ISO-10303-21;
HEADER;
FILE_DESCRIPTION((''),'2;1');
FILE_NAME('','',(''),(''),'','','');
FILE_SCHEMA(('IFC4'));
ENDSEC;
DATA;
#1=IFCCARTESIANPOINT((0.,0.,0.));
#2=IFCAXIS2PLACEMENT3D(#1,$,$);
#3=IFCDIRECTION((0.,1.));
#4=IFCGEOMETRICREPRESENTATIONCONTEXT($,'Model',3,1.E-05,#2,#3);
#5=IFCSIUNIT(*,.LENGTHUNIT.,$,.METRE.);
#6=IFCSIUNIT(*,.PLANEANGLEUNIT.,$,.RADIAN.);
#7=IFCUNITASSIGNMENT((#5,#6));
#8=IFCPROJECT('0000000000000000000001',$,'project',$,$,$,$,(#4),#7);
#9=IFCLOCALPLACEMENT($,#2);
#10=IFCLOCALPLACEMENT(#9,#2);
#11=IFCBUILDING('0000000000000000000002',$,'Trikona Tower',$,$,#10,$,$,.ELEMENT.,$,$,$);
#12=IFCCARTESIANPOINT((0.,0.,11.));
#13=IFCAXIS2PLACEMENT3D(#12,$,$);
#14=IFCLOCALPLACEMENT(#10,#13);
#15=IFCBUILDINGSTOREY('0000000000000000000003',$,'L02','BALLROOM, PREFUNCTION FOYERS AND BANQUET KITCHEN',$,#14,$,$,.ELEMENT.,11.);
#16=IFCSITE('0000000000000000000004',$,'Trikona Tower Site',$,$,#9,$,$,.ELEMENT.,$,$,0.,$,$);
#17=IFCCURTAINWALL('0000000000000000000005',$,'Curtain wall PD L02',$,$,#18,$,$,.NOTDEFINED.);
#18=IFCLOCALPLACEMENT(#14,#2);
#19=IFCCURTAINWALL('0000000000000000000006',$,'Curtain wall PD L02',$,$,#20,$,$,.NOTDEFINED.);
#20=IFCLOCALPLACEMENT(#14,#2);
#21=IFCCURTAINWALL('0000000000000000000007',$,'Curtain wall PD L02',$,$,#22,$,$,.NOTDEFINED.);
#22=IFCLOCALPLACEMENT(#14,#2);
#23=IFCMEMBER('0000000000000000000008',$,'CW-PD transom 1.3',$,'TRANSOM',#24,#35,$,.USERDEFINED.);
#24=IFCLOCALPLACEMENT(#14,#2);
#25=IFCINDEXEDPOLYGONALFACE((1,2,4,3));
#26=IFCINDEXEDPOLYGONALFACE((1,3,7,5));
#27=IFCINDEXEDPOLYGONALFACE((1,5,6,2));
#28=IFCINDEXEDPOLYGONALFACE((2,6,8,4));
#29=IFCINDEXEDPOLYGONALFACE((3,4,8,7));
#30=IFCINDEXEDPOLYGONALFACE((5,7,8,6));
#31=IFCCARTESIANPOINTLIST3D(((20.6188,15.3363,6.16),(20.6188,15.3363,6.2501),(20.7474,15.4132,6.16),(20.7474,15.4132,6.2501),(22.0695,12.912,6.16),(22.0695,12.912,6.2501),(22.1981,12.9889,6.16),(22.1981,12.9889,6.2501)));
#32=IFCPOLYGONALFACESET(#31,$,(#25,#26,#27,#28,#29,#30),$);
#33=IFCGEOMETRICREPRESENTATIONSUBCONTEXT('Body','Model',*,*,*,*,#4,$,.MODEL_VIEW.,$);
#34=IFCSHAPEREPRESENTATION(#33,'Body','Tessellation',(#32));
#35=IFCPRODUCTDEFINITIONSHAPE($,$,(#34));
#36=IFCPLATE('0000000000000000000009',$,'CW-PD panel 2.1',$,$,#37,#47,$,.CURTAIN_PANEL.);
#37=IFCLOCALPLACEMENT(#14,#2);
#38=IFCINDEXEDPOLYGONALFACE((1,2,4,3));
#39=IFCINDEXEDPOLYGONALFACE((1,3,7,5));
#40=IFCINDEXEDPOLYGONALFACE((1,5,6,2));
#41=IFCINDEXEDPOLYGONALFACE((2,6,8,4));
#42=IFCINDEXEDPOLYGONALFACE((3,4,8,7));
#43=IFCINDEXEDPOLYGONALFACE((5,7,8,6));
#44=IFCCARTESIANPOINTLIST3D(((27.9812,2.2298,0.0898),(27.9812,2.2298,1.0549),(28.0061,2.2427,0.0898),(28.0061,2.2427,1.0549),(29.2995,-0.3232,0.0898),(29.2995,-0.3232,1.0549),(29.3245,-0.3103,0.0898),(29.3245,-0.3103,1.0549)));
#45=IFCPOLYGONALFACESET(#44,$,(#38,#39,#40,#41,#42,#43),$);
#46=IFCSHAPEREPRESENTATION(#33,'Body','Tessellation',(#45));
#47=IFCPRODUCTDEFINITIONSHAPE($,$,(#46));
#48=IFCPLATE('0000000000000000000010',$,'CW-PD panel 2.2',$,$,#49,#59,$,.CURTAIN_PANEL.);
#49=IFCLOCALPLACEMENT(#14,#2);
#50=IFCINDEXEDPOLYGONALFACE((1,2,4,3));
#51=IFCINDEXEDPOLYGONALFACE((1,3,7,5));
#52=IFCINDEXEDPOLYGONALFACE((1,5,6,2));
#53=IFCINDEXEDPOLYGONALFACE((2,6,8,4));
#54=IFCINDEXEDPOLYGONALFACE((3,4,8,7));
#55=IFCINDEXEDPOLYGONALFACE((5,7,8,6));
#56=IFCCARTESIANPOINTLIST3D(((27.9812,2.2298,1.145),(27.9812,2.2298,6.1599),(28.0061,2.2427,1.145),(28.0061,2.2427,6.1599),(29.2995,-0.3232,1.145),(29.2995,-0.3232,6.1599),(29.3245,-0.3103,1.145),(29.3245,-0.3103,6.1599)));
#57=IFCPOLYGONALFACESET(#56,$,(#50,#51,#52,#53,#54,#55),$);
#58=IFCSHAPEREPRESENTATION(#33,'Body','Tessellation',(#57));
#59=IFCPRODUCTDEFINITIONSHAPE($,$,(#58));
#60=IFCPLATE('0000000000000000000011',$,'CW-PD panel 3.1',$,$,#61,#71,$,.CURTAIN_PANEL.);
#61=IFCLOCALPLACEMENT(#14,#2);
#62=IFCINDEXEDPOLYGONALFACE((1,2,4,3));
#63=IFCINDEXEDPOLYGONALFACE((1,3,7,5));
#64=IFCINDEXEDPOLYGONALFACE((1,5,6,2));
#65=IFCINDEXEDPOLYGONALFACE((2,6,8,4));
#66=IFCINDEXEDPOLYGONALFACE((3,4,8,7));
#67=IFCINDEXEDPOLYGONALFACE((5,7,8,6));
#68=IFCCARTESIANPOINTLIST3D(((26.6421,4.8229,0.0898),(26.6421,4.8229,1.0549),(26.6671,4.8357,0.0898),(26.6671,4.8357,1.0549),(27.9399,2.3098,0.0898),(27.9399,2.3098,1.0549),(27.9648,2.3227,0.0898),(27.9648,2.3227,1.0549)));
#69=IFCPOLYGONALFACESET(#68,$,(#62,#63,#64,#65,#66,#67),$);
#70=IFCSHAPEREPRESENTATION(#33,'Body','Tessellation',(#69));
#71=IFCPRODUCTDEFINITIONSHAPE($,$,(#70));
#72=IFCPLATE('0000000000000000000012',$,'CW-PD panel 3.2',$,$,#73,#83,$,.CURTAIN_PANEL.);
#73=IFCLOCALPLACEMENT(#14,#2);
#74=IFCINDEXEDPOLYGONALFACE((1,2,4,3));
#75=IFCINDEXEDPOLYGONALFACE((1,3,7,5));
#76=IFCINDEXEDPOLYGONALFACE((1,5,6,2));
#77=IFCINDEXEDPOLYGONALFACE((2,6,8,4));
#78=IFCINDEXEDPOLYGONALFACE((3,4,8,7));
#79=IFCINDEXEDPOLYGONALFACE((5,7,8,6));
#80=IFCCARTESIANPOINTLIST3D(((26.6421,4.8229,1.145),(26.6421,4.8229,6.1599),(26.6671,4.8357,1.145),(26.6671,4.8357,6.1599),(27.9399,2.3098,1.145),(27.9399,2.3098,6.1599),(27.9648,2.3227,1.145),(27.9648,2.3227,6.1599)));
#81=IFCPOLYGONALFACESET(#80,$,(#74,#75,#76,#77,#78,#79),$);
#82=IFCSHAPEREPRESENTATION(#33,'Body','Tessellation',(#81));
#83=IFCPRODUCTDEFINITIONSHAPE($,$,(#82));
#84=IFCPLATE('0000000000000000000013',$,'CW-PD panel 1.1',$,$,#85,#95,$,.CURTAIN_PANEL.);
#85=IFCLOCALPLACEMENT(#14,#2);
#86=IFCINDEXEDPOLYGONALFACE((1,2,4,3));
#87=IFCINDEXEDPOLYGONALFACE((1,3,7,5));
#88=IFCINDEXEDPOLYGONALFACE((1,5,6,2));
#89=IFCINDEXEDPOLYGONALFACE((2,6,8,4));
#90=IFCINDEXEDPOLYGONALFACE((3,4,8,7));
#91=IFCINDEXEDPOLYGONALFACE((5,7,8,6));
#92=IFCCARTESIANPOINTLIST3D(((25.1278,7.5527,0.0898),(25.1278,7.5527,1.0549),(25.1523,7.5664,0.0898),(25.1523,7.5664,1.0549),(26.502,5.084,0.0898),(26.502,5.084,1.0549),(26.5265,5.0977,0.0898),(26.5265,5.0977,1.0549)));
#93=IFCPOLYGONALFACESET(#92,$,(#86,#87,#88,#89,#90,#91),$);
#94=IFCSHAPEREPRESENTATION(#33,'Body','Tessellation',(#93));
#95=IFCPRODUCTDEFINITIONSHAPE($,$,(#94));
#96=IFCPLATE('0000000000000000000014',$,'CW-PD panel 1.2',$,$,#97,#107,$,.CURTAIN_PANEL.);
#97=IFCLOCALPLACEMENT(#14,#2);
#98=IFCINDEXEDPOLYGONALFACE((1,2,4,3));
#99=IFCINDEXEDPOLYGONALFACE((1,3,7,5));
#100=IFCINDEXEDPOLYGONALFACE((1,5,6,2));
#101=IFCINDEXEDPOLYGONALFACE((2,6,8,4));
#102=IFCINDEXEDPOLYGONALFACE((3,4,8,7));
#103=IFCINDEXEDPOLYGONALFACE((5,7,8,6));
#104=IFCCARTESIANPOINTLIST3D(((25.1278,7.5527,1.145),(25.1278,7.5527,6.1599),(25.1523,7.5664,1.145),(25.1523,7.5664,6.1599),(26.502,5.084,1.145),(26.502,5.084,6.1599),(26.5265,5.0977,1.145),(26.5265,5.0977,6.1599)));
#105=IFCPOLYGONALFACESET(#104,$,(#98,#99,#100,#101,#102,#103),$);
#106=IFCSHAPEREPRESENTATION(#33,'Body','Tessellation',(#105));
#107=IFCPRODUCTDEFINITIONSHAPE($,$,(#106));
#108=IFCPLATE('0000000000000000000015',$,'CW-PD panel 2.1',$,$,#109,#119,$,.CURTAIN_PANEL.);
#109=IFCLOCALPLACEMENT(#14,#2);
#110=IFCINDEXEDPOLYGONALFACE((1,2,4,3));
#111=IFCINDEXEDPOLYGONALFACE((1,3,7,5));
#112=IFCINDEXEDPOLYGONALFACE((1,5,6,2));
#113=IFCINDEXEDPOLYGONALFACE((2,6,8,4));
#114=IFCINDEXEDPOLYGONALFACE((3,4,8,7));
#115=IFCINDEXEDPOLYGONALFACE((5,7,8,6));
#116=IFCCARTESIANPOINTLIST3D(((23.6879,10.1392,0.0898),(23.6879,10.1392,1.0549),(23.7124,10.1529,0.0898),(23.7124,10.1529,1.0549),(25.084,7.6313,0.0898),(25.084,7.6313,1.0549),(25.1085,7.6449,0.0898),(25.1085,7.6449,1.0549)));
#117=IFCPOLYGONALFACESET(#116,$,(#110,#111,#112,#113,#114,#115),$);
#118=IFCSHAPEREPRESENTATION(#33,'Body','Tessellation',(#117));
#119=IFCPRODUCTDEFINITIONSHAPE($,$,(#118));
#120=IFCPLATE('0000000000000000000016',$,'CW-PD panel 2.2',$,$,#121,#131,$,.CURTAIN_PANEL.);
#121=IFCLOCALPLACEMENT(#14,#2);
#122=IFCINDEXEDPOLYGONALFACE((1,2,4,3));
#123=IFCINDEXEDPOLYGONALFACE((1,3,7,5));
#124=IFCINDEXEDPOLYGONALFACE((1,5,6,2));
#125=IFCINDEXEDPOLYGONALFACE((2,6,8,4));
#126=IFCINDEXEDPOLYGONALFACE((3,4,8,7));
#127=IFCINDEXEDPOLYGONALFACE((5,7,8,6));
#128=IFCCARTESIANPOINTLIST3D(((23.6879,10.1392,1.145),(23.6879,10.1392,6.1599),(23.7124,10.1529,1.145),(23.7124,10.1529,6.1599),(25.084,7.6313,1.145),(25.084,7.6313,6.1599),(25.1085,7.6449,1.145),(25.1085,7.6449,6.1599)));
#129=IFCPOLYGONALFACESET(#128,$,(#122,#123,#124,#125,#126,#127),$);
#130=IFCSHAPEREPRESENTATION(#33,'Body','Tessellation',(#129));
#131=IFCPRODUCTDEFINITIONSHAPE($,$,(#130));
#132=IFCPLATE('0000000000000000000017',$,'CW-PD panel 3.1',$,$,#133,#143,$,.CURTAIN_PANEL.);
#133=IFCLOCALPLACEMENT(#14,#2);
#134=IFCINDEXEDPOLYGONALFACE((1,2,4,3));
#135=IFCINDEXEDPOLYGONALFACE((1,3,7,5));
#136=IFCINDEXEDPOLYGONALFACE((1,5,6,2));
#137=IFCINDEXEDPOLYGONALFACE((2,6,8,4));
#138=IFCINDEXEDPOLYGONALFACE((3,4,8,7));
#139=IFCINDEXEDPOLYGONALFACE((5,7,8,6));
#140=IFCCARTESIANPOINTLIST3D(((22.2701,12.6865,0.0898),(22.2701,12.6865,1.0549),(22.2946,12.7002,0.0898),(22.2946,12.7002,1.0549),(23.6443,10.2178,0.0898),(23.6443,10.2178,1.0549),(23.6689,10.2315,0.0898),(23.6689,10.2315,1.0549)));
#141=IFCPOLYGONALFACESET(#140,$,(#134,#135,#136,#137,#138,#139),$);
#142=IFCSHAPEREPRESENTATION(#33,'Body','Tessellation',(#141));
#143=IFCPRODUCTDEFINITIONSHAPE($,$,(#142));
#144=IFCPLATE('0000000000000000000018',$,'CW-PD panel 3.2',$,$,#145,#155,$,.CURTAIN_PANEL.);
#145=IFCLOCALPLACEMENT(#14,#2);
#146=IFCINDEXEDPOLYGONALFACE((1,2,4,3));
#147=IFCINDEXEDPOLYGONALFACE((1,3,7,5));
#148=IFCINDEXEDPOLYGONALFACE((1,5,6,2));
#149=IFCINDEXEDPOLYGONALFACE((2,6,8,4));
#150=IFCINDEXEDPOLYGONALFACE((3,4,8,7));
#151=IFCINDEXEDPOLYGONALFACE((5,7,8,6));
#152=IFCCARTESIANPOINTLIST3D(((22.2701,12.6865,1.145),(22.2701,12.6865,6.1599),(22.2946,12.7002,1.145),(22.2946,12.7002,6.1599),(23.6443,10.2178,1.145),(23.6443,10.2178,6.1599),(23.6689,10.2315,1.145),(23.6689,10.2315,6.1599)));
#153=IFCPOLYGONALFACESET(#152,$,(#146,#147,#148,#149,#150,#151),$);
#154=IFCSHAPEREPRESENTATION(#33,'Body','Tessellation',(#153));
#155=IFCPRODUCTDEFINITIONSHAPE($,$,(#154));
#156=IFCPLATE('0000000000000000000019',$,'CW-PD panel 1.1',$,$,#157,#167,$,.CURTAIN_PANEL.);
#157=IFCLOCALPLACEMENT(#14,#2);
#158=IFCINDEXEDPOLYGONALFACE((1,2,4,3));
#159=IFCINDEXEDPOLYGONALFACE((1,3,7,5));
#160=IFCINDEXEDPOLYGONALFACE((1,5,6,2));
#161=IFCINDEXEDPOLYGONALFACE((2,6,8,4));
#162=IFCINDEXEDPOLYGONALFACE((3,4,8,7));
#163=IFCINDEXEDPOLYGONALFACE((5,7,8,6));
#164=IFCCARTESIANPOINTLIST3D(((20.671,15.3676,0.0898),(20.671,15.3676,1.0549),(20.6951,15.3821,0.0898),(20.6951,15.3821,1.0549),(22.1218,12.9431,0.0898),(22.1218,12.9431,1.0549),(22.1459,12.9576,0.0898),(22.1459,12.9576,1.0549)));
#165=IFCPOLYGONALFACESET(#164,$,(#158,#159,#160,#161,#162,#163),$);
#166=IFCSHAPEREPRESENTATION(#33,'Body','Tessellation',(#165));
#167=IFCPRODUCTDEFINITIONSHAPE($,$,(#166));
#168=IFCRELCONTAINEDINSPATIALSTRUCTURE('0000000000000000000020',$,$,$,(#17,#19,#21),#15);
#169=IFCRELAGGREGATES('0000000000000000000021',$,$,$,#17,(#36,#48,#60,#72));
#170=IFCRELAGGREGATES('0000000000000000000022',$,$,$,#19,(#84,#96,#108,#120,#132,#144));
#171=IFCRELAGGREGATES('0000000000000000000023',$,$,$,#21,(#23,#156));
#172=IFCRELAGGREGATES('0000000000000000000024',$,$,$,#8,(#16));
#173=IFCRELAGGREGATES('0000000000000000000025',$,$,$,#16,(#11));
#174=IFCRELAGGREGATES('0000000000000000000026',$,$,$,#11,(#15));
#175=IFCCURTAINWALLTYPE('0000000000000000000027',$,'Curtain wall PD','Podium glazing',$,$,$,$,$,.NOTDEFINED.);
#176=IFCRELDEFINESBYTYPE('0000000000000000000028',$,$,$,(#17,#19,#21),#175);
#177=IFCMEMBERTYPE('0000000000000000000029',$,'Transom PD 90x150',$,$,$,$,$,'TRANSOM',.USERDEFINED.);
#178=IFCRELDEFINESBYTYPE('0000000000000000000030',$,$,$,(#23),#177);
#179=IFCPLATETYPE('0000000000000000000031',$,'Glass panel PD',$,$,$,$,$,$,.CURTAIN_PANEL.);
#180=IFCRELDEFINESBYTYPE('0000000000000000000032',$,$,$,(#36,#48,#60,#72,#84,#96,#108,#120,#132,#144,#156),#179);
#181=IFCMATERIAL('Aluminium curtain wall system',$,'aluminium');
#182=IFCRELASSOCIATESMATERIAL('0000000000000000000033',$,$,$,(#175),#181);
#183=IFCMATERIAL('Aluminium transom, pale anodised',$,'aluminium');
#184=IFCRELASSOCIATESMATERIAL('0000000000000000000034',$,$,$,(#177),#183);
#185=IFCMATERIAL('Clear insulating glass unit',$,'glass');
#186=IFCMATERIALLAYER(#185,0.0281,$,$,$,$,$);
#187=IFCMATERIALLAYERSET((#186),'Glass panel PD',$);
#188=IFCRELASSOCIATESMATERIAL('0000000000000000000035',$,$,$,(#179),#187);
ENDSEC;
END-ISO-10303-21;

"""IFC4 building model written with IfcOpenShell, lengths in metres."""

from ifc_helpers import new_model, si_unit, direction, frame, origin, origin_2d, place, context, subcontext, project, spatial, rectangle, extrude, material, layer, layer_set, material_profile, profile_set, type_object, element, aggregate, save


model = new_model("IFC4")

# Units and contexts
model_context = context("Model", 3, precision=1e-05, world=origin(), true_north=direction((0.0, 1.0)))
body_context = subcontext(model_context, "Body", "Model", "MODEL_VIEW")
ifc_project = project(units=[si_unit("LENGTHUNIT", "METRE"), si_unit("PLANEANGLEUNIT", "RADIAN")], contexts=[model_context])

# Site, building, storey
site_placement = place(None, origin())
site = spatial("IfcSite", under=ifc_project, at=site_placement, Name="Trikona Tower Site", CompositionType="ELEMENT", RefElevation=0.0)
building_placement = place(site_placement, origin())
building = spatial("IfcBuilding", under=site, at=building_placement, Name="Trikona Tower", CompositionType="ELEMENT")
storey_placement = place(building_placement, frame((0.0, 0.0, 11.0)))
storey = spatial("IfcBuildingStorey", under=building, at=storey_placement, Name="L02", Description="BALLROOM, PREFUNCTION FOYERS AND BANQUET KITCHEN", CompositionType="ELEMENT", Elevation=11.0)

# Curtain walls
ifc_material_1 = material(Name="Aluminium curtain wall system", Category="aluminium")
curtain_wall_type = type_object("IfcCurtainWallType", Name="Curtain wall PD", Description="Podium glazing", PredefinedType="NOTDEFINED", material=ifc_material_1)
curtain_wall_1_placement = place(storey_placement, origin())
curtain_wall_1 = element("IfcCurtainWall", 1, at=curtain_wall_1_placement, inside=storey, type_object=curtain_wall_type, Name="Curtain wall PD L02", PredefinedType="NOTDEFINED")
curtain_wall_2_placement = place(storey_placement, origin())
curtain_wall_2 = element("IfcCurtainWall", 2, at=curtain_wall_2_placement, inside=storey, type_object=curtain_wall_type, Name="Curtain wall PD L02", PredefinedType="NOTDEFINED")

# Curtain wall
curtain_wall_3_placement = place(storey_placement, origin())
curtain_wall_3 = element("IfcCurtainWall", 3, at=curtain_wall_3_placement, inside=storey, type_object=curtain_wall_type, Name="Curtain wall PD L02", PredefinedType="NOTDEFINED")

# Member
ifc_material_2 = material(Name="Aluminium transom, pale anodised", Category="aluminium")
ifc_material_profile_1 = material_profile(ifc_material_2, rectangle(XDim=0.1499, YDim=0.0901, at=origin_2d()), Name="TRN-PD")
ifc_profile_set_1 = profile_set([ifc_material_profile_1], Name="Aluminium transom, pale anodised")
member_type_1 = type_object("IfcMemberType", Name="Transom PD 90x150", ElementType="TRANSOM", PredefinedType="USERDEFINED", material=ifc_profile_set_1)
member_1_placement = place(storey_placement, frame((22.1338, 12.9504, 6.2051), z_axis=(-0.513479, 0.858102, 0.0), x_axis=(-0.858102, -0.513479, 0.0)))
member_1 = element("IfcMember", 4, at=member_1_placement, type_object=member_type_1, Name="CW-PD transom 1.3", ObjectType="TRANSOM", PredefinedType="USERDEFINED", context=body_context, shape_type="SweptSolid", body=[
    extrude(rectangle(XDim=0.1499, YDim=0.0901, at=origin_2d()), origin(), (0.0, 0.0, 1.0), 2.8252),
])

# Plates
ifc_material_3 = material(Name="Clear insulating glass unit", Category="glass")
ifc_layer = layer(ifc_material_3, 0.0281)
ifc_layer_set = layer_set([ifc_layer], Name="Glass panel PD")
plate_type = type_object("IfcPlateType", Name="Glass panel PD", PredefinedType="CURTAIN_PANEL", material=ifc_layer_set)
plate_1_placement = place(storey_placement, frame((28.6528, 0.9597, 0.0898), z_axis=(0.0, 0.0, 1.0), x_axis=(-0.458829, 0.888525, 0.0)))
plate_1 = element("IfcPlate", 5, at=plate_1_placement, type_object=plate_type, Name="CW-PD panel 2.1", PredefinedType="CURTAIN_PANEL", context=body_context, shape_type="SweptSolid", body=[
    extrude(rectangle(XDim=2.8733, YDim=0.0281, at=origin_2d()), origin(), (0.0, 0.0, 1.0), 0.9651),
])
plate_2_placement = place(storey_placement, frame((28.6528, 0.9597, 1.145), z_axis=(0.0, 0.0, 1.0), x_axis=(-0.458829, 0.888525, 0.0)))
plate_2 = element("IfcPlate", 6, at=plate_2_placement, type_object=plate_type, Name="CW-PD panel 2.2", PredefinedType="CURTAIN_PANEL", context=body_context, shape_type="SweptSolid", body=[
    extrude(rectangle(XDim=2.8733, YDim=0.0281, at=origin_2d()), origin(), (0.0, 0.0, 1.0), 5.0149),
])
plate_3_placement = place(storey_placement, frame((27.3035, 3.5728, 0.0898), z_axis=(0.0, 0.0, 1.0), x_axis=(-0.458829, 0.888525, 0.0)))
plate_3 = element("IfcPlate", 7, at=plate_3_placement, type_object=plate_type, Name="CW-PD panel 3.1", PredefinedType="CURTAIN_PANEL", context=body_context, shape_type="SweptSolid", body=[
    extrude(rectangle(XDim=2.8284, YDim=0.0281, at=origin_2d()), origin(), (0.0, 0.0, 1.0), 0.9651),
])
plate_4_placement = place(storey_placement, frame((27.3035, 3.5728, 1.145), z_axis=(0.0, 0.0, 1.0), x_axis=(-0.458829, 0.888525, 0.0)))
plate_4 = element("IfcPlate", 8, at=plate_4_placement, type_object=plate_type, Name="CW-PD panel 3.2", PredefinedType="CURTAIN_PANEL", context=body_context, shape_type="SweptSolid", body=[
    extrude(rectangle(XDim=2.8284, YDim=0.0281, at=origin_2d()), origin(), (0.0, 0.0, 1.0), 5.0149),
])
aggregate(curtain_wall_1, [plate_1, plate_2, plate_3, plate_4])
plate_5_placement = place(storey_placement, frame((25.8271, 6.3252, 0.0898), z_axis=(0.0, 0.0, 1.0), x_axis=(-0.486388, 0.873743, 0.0)))
plate_5 = element("IfcPlate", 9, at=plate_5_placement, type_object=plate_type, Name="CW-PD panel 1.1", PredefinedType="CURTAIN_PANEL", context=body_context, shape_type="SweptSolid", body=[
    extrude(rectangle(XDim=2.8254, YDim=0.0281, at=origin_2d()), origin(), (0.0, 0.0, 1.0), 0.9651),
])
plate_6_placement = place(storey_placement, frame((25.8271, 6.3252, 1.145), z_axis=(0.0, 0.0, 1.0), x_axis=(-0.486388, 0.873743, 0.0)))
plate_6 = element("IfcPlate", 10, at=plate_6_placement, type_object=plate_type, Name="CW-PD panel 1.2", PredefinedType="CURTAIN_PANEL", context=body_context, shape_type="SweptSolid", body=[
    extrude(rectangle(XDim=2.8254, YDim=0.0281, at=origin_2d()), origin(), (0.0, 0.0, 1.0), 5.0149),
])
plate_7_placement = place(storey_placement, frame((24.3982, 8.8921, 0.0898), z_axis=(0.0, 0.0, 1.0), x_axis=(-0.486388, 0.873743, 0.0)))
plate_7 = element("IfcPlate", 11, at=plate_7_placement, type_object=plate_type, Name="CW-PD panel 2.1", PredefinedType="CURTAIN_PANEL", context=body_context, shape_type="SweptSolid", body=[
    extrude(rectangle(XDim=2.8704, YDim=0.0281, at=origin_2d()), origin(), (0.0, 0.0, 1.0), 0.9651),
])
plate_8_placement = place(storey_placement, frame((24.3982, 8.8921, 1.145), z_axis=(0.0, 0.0, 1.0), x_axis=(-0.486388, 0.873743, 0.0)))
plate_8 = element("IfcPlate", 12, at=plate_8_placement, type_object=plate_type, Name="CW-PD panel 2.2", PredefinedType="CURTAIN_PANEL", context=body_context, shape_type="SweptSolid", body=[
    extrude(rectangle(XDim=2.8704, YDim=0.0281, at=origin_2d()), origin(), (0.0, 0.0, 1.0), 5.0149),
])
plate_9_placement = place(storey_placement, frame((22.9695, 11.459, 0.0898), z_axis=(0.0, 0.0, 1.0), x_axis=(-0.486388, 0.873743, 0.0)))
plate_9 = element("IfcPlate", 13, at=plate_9_placement, type_object=plate_type, Name="CW-PD panel 3.1", PredefinedType="CURTAIN_PANEL", context=body_context, shape_type="SweptSolid", body=[
    extrude(rectangle(XDim=2.8254, YDim=0.0281, at=origin_2d()), origin(), (0.0, 0.0, 1.0), 0.9651),
])
plate_10_placement = place(storey_placement, frame((22.9695, 11.459, 1.145), z_axis=(0.0, 0.0, 1.0), x_axis=(-0.486388, 0.873743, 0.0)))
plate_10 = element("IfcPlate", 14, at=plate_10_placement, type_object=plate_type, Name="CW-PD panel 3.2", PredefinedType="CURTAIN_PANEL", context=body_context, shape_type="SweptSolid", body=[
    extrude(rectangle(XDim=2.8254, YDim=0.0281, at=origin_2d()), origin(), (0.0, 0.0, 1.0), 5.0149),
])
aggregate(curtain_wall_2, [plate_5, plate_6, plate_7, plate_8, plate_9, plate_10])
plate_11_placement = place(storey_placement, frame((21.4084, 14.1626, 0.0898), z_axis=(0.0, 0.0, 1.0), x_axis=(-0.51349, 0.858095, 0.0)))
plate_11 = element("IfcPlate", 15, at=plate_11_placement, type_object=plate_type, Name="CW-PD panel 1.1", PredefinedType="CURTAIN_PANEL", context=body_context, shape_type="SweptSolid", body=[
    extrude(rectangle(XDim=2.8254, YDim=0.0281, at=origin_2d()), origin(), (0.0, 0.0, 1.0), 0.9651),
])
aggregate(curtain_wall_3, [member_1, plate_11])

save(model, "model.ifc")
